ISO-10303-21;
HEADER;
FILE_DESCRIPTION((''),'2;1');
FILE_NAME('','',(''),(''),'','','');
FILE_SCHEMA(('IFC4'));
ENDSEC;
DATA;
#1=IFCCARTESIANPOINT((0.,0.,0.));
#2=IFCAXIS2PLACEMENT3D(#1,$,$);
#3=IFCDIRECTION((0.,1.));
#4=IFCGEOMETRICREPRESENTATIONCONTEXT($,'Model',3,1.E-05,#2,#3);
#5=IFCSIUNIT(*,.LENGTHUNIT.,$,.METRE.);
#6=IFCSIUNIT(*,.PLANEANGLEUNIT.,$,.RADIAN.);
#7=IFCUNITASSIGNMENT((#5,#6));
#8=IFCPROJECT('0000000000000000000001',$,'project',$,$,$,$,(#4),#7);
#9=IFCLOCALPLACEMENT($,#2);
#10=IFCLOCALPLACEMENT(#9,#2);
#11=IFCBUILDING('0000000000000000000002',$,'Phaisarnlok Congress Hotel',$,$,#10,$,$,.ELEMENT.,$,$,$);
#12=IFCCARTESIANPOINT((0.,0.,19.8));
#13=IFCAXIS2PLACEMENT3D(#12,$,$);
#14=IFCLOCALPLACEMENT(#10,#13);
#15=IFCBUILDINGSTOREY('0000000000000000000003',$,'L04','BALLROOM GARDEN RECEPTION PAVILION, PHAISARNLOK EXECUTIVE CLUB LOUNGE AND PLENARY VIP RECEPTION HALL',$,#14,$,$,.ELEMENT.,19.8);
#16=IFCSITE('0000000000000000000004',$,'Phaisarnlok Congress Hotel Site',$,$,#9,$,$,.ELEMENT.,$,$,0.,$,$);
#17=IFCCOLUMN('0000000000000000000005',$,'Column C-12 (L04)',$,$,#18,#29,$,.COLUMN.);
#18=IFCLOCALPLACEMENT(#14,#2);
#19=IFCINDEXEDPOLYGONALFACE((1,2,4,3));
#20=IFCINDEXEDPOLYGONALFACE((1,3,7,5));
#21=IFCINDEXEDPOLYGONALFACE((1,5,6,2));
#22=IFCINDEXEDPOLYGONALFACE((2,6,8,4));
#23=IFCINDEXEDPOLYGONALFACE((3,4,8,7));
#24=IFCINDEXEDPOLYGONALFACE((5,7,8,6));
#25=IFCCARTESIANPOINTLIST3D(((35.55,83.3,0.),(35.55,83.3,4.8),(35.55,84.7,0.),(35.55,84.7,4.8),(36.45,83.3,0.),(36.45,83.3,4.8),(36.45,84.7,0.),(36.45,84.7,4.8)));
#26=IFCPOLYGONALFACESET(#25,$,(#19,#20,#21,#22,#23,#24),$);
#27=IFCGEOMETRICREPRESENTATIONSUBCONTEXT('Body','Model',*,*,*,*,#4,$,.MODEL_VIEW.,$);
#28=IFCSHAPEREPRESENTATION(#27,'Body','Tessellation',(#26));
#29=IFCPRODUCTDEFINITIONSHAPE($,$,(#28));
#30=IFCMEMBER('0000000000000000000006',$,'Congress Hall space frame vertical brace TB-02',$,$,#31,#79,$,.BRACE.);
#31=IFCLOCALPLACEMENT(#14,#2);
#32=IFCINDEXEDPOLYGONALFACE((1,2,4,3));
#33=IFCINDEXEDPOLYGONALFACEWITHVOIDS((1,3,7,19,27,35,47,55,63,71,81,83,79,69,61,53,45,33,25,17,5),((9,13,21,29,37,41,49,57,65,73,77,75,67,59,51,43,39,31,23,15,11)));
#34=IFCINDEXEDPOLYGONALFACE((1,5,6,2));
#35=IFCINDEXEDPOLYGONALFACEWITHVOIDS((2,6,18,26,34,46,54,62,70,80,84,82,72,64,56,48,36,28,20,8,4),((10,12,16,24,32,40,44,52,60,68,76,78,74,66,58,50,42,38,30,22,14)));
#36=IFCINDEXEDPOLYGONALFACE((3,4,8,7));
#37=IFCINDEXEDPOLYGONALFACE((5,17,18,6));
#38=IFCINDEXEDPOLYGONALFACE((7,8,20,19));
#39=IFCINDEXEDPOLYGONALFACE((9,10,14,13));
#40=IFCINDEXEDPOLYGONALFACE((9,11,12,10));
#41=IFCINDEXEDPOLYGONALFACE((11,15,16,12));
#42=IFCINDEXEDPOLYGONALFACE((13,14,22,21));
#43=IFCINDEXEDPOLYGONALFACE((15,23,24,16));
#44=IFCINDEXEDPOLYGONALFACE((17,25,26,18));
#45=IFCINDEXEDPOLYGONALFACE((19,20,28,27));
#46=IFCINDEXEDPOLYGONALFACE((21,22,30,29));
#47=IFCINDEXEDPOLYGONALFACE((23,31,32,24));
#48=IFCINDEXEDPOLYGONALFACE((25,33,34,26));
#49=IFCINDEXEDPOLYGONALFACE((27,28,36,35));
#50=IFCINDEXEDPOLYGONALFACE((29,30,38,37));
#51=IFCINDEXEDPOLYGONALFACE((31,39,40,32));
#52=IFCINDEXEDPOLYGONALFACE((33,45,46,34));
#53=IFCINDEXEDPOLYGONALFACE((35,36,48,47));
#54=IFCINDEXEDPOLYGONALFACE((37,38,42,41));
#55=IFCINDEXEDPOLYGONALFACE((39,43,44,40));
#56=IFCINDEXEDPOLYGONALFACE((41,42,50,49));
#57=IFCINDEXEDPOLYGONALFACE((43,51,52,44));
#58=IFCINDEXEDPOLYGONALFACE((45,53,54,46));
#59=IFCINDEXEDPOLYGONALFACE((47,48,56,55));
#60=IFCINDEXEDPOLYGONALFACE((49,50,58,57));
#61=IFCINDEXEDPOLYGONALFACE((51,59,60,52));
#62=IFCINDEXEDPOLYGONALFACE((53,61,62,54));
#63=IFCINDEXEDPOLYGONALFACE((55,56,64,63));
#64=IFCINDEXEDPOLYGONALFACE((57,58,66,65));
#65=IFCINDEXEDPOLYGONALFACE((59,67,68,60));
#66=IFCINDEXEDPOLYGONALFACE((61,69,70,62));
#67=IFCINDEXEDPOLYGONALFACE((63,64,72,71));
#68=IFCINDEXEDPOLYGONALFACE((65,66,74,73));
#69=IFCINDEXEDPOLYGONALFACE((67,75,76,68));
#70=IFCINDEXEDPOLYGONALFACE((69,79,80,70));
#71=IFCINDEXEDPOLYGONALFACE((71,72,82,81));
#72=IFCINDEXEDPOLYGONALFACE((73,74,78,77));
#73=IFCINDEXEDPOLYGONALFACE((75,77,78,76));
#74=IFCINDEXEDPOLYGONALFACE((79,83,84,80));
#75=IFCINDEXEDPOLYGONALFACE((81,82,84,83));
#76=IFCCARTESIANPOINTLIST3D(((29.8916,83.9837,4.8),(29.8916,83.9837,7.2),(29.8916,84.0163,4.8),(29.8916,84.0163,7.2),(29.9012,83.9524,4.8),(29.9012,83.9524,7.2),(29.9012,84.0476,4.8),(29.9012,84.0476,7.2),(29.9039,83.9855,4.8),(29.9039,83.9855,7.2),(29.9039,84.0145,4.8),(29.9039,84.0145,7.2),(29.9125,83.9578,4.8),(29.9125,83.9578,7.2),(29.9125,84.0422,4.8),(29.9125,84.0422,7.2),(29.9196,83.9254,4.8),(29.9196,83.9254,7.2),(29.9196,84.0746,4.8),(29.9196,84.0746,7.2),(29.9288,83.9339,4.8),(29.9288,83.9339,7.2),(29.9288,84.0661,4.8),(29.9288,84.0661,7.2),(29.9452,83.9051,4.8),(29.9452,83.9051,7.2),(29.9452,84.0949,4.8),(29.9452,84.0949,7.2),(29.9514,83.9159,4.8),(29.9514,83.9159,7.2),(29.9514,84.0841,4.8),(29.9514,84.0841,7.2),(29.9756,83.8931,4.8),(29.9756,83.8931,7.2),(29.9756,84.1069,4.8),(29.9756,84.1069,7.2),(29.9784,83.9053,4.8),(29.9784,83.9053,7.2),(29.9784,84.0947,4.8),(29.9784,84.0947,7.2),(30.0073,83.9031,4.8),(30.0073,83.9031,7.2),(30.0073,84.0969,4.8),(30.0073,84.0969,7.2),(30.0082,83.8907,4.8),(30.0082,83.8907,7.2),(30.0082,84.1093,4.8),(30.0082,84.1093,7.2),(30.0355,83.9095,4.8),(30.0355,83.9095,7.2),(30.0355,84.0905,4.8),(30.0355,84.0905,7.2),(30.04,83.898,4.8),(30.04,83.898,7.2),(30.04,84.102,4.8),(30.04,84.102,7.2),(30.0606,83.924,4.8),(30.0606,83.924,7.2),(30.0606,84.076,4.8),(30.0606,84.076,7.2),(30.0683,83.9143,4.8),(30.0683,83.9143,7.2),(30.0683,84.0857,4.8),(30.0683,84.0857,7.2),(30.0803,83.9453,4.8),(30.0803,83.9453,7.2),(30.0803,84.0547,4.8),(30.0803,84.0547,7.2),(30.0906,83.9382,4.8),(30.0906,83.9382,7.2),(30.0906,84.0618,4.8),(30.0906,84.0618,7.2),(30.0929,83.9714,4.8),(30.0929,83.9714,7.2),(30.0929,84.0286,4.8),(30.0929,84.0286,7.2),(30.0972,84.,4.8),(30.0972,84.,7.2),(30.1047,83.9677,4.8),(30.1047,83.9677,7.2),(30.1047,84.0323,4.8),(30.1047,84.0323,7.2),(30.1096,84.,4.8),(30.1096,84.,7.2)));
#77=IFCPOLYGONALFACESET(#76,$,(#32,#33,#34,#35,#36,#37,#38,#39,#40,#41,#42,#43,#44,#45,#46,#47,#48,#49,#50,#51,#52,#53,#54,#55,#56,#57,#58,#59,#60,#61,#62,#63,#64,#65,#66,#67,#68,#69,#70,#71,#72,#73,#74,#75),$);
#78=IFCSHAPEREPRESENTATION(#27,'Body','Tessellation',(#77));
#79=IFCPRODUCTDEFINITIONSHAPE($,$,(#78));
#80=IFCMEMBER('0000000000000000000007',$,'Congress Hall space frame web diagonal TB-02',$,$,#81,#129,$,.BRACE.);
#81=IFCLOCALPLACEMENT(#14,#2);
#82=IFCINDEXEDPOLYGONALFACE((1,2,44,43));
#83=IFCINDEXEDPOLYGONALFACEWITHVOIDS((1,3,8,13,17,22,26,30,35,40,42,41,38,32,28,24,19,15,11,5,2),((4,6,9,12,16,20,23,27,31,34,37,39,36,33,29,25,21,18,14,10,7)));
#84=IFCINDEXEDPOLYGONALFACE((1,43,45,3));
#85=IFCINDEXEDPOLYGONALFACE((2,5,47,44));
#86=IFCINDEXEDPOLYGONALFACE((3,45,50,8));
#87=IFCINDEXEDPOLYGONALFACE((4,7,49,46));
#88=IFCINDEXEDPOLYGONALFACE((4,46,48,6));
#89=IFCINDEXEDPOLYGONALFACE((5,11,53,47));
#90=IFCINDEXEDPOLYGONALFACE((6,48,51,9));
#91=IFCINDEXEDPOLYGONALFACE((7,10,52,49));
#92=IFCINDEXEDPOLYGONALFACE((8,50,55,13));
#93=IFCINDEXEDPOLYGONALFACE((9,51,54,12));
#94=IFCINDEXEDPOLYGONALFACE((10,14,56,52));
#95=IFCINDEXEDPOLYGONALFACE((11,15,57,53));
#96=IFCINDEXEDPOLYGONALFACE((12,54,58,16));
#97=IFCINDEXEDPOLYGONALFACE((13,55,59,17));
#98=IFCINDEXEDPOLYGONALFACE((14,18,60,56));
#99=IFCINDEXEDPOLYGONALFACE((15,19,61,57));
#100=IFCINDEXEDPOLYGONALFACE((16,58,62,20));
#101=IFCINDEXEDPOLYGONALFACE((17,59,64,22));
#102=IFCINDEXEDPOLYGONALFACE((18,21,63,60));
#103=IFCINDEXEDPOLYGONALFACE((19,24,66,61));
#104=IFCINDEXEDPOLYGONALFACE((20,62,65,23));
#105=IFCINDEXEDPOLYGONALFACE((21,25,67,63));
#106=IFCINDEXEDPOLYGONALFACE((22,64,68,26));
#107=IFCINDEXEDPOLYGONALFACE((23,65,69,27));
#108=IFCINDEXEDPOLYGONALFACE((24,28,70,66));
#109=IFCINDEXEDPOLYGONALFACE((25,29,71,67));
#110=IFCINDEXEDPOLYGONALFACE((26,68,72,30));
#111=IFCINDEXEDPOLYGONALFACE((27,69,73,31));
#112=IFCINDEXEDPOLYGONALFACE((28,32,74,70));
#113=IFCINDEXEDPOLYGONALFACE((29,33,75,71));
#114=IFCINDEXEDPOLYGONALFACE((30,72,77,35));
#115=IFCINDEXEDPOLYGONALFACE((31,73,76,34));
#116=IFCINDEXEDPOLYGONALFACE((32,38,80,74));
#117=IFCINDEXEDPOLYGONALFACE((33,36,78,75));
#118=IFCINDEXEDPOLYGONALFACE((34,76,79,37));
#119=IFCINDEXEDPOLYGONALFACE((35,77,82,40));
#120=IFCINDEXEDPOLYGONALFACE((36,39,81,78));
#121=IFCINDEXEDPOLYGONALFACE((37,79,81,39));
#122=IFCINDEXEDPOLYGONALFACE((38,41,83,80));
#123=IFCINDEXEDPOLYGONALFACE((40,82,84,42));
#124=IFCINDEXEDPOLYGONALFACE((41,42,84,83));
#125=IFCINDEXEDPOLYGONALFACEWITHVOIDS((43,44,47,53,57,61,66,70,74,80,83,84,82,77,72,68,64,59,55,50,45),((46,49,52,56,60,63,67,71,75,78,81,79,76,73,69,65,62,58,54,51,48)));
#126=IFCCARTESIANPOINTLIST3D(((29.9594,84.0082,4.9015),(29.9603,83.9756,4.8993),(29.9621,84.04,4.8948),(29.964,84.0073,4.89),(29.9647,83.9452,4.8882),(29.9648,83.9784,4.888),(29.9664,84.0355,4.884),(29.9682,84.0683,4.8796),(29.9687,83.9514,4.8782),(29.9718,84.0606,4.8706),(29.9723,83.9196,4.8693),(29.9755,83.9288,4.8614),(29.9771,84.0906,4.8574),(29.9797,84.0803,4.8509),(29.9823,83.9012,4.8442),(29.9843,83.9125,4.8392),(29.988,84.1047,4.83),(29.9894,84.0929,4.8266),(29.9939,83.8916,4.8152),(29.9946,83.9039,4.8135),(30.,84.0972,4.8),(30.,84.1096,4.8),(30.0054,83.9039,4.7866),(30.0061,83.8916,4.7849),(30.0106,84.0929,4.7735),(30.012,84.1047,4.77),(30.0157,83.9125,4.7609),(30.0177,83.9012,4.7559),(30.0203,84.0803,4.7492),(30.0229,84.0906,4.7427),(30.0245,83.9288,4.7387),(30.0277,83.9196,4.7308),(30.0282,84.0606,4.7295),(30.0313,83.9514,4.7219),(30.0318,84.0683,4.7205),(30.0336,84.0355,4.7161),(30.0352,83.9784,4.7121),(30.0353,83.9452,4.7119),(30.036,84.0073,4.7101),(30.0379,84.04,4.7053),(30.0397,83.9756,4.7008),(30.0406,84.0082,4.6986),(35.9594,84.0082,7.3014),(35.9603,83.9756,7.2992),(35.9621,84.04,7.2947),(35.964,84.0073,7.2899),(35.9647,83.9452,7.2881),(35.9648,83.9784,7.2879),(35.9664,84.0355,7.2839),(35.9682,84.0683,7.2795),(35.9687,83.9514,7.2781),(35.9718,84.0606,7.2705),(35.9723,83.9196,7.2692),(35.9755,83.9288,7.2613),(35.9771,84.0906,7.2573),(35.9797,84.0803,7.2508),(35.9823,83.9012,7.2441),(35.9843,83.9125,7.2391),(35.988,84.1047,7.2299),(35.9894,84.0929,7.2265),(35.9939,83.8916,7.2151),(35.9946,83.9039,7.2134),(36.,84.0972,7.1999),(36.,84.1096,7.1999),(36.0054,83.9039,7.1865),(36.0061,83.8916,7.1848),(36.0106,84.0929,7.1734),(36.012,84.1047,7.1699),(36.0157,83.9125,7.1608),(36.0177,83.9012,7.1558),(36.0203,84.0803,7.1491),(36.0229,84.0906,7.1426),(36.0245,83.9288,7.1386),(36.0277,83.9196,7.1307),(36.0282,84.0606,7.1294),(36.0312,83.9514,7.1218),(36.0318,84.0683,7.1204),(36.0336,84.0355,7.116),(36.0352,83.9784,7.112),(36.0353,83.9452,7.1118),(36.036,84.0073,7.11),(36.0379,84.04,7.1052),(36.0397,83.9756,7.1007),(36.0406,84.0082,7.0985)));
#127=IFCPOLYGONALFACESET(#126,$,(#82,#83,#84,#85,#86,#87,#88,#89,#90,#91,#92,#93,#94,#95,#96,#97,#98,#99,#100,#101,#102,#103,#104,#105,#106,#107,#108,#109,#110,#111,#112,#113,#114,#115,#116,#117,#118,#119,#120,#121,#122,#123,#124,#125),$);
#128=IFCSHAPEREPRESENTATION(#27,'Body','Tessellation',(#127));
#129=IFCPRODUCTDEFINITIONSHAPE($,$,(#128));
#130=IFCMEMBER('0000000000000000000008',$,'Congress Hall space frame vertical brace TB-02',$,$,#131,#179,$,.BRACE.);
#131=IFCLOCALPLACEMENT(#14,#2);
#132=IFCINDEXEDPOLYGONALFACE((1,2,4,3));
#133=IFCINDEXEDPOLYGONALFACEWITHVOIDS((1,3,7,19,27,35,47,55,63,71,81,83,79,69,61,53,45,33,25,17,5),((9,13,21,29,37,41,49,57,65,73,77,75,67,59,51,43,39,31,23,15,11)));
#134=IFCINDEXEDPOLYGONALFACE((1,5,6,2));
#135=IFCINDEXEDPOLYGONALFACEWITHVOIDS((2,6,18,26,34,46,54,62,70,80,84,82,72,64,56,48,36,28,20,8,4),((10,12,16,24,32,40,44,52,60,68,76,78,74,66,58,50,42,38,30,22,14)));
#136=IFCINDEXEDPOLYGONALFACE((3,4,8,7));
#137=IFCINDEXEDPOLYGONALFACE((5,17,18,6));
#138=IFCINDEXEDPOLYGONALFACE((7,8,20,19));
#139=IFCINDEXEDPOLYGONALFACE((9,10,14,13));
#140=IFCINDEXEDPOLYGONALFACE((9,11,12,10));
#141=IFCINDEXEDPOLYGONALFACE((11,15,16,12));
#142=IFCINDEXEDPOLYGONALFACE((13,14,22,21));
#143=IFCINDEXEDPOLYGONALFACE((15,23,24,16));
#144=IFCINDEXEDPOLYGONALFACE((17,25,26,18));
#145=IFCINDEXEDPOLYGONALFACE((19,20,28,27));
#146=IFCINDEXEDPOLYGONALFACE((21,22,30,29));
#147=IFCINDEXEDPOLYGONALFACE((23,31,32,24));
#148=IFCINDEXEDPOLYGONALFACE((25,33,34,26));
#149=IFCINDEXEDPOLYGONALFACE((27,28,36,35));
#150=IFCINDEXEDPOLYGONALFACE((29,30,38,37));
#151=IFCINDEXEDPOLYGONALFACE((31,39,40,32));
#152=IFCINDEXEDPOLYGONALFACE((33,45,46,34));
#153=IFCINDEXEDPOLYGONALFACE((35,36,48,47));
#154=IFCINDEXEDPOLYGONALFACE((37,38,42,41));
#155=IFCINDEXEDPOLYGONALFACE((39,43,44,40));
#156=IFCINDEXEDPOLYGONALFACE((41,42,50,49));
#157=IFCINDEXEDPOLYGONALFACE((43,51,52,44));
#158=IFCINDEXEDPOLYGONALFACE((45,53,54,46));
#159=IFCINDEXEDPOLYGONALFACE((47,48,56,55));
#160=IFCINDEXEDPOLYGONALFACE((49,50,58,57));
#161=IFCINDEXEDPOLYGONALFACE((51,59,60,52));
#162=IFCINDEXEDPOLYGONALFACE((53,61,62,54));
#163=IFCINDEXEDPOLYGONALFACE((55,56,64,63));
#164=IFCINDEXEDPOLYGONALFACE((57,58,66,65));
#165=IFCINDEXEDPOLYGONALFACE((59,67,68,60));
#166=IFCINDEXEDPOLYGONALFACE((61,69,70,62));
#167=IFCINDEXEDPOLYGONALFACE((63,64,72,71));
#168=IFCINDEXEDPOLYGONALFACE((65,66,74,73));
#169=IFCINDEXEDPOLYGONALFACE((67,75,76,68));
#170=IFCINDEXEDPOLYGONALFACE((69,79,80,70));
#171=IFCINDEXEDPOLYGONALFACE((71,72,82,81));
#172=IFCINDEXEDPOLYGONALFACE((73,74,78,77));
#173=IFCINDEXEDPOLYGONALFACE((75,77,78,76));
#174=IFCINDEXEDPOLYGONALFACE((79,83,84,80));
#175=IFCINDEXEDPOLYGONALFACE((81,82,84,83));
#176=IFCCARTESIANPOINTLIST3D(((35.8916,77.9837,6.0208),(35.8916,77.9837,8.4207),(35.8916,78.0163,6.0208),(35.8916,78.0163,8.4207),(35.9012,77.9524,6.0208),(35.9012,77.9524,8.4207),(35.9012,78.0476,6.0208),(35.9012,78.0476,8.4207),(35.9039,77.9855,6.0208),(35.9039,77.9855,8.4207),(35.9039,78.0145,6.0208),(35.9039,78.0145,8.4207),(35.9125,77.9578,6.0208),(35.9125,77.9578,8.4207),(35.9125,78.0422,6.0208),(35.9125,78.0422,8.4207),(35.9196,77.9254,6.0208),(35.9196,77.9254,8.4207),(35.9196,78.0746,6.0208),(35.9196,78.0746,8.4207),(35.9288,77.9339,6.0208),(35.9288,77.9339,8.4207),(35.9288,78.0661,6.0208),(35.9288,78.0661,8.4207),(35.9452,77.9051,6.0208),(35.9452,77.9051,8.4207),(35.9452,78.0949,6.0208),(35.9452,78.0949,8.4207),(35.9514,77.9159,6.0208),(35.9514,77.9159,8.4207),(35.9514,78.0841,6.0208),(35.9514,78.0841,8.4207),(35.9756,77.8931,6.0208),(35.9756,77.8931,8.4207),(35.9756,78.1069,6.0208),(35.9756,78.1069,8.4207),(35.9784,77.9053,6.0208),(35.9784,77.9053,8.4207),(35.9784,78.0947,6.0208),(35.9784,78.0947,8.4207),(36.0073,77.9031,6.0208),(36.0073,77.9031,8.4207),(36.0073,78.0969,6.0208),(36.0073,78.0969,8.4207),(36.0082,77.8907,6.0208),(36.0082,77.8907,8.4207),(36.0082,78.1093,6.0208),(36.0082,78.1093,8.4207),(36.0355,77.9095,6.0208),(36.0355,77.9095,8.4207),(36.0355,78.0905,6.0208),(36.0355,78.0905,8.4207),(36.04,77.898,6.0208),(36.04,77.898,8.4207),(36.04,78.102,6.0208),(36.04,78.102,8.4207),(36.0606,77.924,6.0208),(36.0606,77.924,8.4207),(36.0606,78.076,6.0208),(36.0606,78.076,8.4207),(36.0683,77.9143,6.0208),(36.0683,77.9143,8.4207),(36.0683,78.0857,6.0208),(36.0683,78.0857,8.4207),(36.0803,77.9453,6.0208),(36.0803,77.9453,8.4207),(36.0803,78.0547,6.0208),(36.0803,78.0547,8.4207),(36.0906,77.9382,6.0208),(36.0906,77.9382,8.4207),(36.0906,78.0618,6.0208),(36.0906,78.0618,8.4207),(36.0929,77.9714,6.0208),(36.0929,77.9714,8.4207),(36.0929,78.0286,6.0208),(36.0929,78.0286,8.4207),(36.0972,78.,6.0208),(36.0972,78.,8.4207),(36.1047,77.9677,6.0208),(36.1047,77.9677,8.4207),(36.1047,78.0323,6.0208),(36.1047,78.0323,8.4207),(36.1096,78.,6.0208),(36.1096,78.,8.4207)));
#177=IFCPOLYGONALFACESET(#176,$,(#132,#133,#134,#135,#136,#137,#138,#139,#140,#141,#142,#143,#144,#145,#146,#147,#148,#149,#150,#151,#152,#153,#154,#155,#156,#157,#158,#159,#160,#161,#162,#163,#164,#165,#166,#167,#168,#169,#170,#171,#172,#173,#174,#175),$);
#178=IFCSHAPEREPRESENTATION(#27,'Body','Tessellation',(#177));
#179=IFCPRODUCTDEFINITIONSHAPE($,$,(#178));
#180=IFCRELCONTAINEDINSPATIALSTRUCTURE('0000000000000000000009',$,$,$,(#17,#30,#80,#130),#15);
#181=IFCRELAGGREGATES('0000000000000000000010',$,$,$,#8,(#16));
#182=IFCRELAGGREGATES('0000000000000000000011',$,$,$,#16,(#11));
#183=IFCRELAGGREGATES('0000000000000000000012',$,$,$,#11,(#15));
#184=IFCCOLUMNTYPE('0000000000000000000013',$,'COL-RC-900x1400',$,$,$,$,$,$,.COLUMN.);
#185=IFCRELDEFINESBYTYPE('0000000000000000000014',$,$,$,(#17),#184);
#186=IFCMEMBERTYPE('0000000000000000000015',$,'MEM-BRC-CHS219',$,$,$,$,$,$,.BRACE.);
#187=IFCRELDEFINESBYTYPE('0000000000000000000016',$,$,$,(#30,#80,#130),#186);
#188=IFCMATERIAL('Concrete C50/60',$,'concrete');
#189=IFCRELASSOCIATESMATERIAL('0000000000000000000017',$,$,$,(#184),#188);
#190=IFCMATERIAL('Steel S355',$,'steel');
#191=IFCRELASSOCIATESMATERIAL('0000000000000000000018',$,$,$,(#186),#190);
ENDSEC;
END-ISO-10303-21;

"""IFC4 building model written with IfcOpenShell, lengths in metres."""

from ifc_helpers import new_model, si_unit, direction, frame, origin, origin_2d, place, context, subcontext, project, spatial, rectangle, hollow_circle, extrude, material, material_profile, profile_set, type_object, element, save


model = new_model("IFC4")

# Units and contexts
model_context = context("Model", 3, precision=1e-05, world=origin(), true_north=direction((0.0, 1.0)))
body_context = subcontext(model_context, "Body", "Model", "MODEL_VIEW")
ifc_project = project(units=[si_unit("LENGTHUNIT", "METRE"), si_unit("PLANEANGLEUNIT", "RADIAN")], contexts=[model_context])

# Site, building, storey
site_placement = place(None, origin())
site = spatial("IfcSite", under=ifc_project, at=site_placement, Name="Phaisarnlok Congress Hotel Site", CompositionType="ELEMENT", RefElevation=0.0)
building_placement = place(site_placement, origin())
building = spatial("IfcBuilding", under=site, at=building_placement, Name="Phaisarnlok Congress Hotel", CompositionType="ELEMENT")
storey_placement = place(building_placement, frame((0.0, 0.0, 19.8)))
storey = spatial("IfcBuildingStorey", under=building, at=storey_placement, Name="L04", Description="BALLROOM GARDEN RECEPTION PAVILION, PHAISARNLOK EXECUTIVE CLUB LOUNGE AND PLENARY VIP RECEPTION HALL", CompositionType="ELEMENT", Elevation=19.8)

# Column
ifc_material_1 = material(Name="Concrete C50/60", Category="concrete")
ifc_material_profile_1 = material_profile(ifc_material_1, rectangle(XDim=0.8999, YDim=1.3999, at=origin_2d()), Name="RC 900x1400")
ifc_profile_set_1 = profile_set([ifc_material_profile_1], Name="Concrete C50/60")
column_type = type_object("IfcColumnType", Name="COL-RC-900x1400", PredefinedType="COLUMN", material=ifc_profile_set_1)
column_placement = place(storey_placement, frame((36.0, 84.0, 0.0), z_axis=(0.0, 0.0, 1.0), x_axis=(1.0, 0.0, 0.0)))
element("IfcColumn", 1, at=column_placement, inside=storey, type_object=column_type, Name="Column C-12 (L04)", PredefinedType="COLUMN", context=body_context, shape_type="SweptSolid", body=[
    extrude(rectangle(XDim=0.8999, YDim=1.3999, at=origin_2d()), origin(), (0.0, 0.0, 1.0), 4.8),
])

# Members
ifc_material_2 = material(Name="Steel S355", Category="steel")
ifc_material_profile_2 = material_profile(ifc_material_2, hollow_circle(Radius=0.1096, WallThickness=0.0125, at=origin_2d()), Name="CHS 219.1x12.5")
ifc_profile_set_2 = profile_set([ifc_material_profile_2], Name="Steel S355")
member_type_1 = type_object("IfcMemberType", Name="MEM-BRC-CHS219", PredefinedType="BRACE", material=ifc_profile_set_2)
member_1_placement = place(storey_placement, frame((30.0, 84.0, 4.8), z_axis=(0.0, 0.0, 1.0), x_axis=(1.0, 0.0, 0.0)))
element("IfcMember", 2, at=member_1_placement, inside=storey, type_object=member_type_1, Name="Congress Hall space frame vertical brace TB-02", PredefinedType="BRACE", context=body_context, shape_type="SweptSolid", body=[
    extrude(hollow_circle(Radius=0.1096, WallThickness=0.0125, at=origin_2d()), origin(), (0.0, 0.0, 1.0), 2.3999),
])
member_2_placement = place(storey_placement, frame((30.0, 84.0, 4.8), z_axis=(0.928482, 0.0, 0.371378), x_axis=(0.0, 1.0, 0.0)))
element("IfcMember", 3, at=member_2_placement, inside=storey, type_object=member_type_1, Name="Congress Hall space frame web diagonal TB-02", PredefinedType="BRACE", context=body_context, shape_type="SweptSolid", body=[
    extrude(hollow_circle(Radius=0.1096, WallThickness=0.0125, at=origin_2d()), origin(), (0.0, 0.0, 1.0), 6.4622),
])
member_3_placement = place(storey_placement, frame((36.0, 78.0, 6.0208), z_axis=(0.0, 0.0, 1.0), x_axis=(1.0, 0.0, 0.0)))
element("IfcMember", 4, at=member_3_placement, inside=storey, type_object=member_type_1, Name="Congress Hall space frame vertical brace TB-02", PredefinedType="BRACE", context=body_context, shape_type="SweptSolid", body=[
    extrude(hollow_circle(Radius=0.1096, WallThickness=0.0125, at=origin_2d()), origin(), (0.0, 0.0, 1.0), 2.3999),
])

save(model, "model.ifc")
